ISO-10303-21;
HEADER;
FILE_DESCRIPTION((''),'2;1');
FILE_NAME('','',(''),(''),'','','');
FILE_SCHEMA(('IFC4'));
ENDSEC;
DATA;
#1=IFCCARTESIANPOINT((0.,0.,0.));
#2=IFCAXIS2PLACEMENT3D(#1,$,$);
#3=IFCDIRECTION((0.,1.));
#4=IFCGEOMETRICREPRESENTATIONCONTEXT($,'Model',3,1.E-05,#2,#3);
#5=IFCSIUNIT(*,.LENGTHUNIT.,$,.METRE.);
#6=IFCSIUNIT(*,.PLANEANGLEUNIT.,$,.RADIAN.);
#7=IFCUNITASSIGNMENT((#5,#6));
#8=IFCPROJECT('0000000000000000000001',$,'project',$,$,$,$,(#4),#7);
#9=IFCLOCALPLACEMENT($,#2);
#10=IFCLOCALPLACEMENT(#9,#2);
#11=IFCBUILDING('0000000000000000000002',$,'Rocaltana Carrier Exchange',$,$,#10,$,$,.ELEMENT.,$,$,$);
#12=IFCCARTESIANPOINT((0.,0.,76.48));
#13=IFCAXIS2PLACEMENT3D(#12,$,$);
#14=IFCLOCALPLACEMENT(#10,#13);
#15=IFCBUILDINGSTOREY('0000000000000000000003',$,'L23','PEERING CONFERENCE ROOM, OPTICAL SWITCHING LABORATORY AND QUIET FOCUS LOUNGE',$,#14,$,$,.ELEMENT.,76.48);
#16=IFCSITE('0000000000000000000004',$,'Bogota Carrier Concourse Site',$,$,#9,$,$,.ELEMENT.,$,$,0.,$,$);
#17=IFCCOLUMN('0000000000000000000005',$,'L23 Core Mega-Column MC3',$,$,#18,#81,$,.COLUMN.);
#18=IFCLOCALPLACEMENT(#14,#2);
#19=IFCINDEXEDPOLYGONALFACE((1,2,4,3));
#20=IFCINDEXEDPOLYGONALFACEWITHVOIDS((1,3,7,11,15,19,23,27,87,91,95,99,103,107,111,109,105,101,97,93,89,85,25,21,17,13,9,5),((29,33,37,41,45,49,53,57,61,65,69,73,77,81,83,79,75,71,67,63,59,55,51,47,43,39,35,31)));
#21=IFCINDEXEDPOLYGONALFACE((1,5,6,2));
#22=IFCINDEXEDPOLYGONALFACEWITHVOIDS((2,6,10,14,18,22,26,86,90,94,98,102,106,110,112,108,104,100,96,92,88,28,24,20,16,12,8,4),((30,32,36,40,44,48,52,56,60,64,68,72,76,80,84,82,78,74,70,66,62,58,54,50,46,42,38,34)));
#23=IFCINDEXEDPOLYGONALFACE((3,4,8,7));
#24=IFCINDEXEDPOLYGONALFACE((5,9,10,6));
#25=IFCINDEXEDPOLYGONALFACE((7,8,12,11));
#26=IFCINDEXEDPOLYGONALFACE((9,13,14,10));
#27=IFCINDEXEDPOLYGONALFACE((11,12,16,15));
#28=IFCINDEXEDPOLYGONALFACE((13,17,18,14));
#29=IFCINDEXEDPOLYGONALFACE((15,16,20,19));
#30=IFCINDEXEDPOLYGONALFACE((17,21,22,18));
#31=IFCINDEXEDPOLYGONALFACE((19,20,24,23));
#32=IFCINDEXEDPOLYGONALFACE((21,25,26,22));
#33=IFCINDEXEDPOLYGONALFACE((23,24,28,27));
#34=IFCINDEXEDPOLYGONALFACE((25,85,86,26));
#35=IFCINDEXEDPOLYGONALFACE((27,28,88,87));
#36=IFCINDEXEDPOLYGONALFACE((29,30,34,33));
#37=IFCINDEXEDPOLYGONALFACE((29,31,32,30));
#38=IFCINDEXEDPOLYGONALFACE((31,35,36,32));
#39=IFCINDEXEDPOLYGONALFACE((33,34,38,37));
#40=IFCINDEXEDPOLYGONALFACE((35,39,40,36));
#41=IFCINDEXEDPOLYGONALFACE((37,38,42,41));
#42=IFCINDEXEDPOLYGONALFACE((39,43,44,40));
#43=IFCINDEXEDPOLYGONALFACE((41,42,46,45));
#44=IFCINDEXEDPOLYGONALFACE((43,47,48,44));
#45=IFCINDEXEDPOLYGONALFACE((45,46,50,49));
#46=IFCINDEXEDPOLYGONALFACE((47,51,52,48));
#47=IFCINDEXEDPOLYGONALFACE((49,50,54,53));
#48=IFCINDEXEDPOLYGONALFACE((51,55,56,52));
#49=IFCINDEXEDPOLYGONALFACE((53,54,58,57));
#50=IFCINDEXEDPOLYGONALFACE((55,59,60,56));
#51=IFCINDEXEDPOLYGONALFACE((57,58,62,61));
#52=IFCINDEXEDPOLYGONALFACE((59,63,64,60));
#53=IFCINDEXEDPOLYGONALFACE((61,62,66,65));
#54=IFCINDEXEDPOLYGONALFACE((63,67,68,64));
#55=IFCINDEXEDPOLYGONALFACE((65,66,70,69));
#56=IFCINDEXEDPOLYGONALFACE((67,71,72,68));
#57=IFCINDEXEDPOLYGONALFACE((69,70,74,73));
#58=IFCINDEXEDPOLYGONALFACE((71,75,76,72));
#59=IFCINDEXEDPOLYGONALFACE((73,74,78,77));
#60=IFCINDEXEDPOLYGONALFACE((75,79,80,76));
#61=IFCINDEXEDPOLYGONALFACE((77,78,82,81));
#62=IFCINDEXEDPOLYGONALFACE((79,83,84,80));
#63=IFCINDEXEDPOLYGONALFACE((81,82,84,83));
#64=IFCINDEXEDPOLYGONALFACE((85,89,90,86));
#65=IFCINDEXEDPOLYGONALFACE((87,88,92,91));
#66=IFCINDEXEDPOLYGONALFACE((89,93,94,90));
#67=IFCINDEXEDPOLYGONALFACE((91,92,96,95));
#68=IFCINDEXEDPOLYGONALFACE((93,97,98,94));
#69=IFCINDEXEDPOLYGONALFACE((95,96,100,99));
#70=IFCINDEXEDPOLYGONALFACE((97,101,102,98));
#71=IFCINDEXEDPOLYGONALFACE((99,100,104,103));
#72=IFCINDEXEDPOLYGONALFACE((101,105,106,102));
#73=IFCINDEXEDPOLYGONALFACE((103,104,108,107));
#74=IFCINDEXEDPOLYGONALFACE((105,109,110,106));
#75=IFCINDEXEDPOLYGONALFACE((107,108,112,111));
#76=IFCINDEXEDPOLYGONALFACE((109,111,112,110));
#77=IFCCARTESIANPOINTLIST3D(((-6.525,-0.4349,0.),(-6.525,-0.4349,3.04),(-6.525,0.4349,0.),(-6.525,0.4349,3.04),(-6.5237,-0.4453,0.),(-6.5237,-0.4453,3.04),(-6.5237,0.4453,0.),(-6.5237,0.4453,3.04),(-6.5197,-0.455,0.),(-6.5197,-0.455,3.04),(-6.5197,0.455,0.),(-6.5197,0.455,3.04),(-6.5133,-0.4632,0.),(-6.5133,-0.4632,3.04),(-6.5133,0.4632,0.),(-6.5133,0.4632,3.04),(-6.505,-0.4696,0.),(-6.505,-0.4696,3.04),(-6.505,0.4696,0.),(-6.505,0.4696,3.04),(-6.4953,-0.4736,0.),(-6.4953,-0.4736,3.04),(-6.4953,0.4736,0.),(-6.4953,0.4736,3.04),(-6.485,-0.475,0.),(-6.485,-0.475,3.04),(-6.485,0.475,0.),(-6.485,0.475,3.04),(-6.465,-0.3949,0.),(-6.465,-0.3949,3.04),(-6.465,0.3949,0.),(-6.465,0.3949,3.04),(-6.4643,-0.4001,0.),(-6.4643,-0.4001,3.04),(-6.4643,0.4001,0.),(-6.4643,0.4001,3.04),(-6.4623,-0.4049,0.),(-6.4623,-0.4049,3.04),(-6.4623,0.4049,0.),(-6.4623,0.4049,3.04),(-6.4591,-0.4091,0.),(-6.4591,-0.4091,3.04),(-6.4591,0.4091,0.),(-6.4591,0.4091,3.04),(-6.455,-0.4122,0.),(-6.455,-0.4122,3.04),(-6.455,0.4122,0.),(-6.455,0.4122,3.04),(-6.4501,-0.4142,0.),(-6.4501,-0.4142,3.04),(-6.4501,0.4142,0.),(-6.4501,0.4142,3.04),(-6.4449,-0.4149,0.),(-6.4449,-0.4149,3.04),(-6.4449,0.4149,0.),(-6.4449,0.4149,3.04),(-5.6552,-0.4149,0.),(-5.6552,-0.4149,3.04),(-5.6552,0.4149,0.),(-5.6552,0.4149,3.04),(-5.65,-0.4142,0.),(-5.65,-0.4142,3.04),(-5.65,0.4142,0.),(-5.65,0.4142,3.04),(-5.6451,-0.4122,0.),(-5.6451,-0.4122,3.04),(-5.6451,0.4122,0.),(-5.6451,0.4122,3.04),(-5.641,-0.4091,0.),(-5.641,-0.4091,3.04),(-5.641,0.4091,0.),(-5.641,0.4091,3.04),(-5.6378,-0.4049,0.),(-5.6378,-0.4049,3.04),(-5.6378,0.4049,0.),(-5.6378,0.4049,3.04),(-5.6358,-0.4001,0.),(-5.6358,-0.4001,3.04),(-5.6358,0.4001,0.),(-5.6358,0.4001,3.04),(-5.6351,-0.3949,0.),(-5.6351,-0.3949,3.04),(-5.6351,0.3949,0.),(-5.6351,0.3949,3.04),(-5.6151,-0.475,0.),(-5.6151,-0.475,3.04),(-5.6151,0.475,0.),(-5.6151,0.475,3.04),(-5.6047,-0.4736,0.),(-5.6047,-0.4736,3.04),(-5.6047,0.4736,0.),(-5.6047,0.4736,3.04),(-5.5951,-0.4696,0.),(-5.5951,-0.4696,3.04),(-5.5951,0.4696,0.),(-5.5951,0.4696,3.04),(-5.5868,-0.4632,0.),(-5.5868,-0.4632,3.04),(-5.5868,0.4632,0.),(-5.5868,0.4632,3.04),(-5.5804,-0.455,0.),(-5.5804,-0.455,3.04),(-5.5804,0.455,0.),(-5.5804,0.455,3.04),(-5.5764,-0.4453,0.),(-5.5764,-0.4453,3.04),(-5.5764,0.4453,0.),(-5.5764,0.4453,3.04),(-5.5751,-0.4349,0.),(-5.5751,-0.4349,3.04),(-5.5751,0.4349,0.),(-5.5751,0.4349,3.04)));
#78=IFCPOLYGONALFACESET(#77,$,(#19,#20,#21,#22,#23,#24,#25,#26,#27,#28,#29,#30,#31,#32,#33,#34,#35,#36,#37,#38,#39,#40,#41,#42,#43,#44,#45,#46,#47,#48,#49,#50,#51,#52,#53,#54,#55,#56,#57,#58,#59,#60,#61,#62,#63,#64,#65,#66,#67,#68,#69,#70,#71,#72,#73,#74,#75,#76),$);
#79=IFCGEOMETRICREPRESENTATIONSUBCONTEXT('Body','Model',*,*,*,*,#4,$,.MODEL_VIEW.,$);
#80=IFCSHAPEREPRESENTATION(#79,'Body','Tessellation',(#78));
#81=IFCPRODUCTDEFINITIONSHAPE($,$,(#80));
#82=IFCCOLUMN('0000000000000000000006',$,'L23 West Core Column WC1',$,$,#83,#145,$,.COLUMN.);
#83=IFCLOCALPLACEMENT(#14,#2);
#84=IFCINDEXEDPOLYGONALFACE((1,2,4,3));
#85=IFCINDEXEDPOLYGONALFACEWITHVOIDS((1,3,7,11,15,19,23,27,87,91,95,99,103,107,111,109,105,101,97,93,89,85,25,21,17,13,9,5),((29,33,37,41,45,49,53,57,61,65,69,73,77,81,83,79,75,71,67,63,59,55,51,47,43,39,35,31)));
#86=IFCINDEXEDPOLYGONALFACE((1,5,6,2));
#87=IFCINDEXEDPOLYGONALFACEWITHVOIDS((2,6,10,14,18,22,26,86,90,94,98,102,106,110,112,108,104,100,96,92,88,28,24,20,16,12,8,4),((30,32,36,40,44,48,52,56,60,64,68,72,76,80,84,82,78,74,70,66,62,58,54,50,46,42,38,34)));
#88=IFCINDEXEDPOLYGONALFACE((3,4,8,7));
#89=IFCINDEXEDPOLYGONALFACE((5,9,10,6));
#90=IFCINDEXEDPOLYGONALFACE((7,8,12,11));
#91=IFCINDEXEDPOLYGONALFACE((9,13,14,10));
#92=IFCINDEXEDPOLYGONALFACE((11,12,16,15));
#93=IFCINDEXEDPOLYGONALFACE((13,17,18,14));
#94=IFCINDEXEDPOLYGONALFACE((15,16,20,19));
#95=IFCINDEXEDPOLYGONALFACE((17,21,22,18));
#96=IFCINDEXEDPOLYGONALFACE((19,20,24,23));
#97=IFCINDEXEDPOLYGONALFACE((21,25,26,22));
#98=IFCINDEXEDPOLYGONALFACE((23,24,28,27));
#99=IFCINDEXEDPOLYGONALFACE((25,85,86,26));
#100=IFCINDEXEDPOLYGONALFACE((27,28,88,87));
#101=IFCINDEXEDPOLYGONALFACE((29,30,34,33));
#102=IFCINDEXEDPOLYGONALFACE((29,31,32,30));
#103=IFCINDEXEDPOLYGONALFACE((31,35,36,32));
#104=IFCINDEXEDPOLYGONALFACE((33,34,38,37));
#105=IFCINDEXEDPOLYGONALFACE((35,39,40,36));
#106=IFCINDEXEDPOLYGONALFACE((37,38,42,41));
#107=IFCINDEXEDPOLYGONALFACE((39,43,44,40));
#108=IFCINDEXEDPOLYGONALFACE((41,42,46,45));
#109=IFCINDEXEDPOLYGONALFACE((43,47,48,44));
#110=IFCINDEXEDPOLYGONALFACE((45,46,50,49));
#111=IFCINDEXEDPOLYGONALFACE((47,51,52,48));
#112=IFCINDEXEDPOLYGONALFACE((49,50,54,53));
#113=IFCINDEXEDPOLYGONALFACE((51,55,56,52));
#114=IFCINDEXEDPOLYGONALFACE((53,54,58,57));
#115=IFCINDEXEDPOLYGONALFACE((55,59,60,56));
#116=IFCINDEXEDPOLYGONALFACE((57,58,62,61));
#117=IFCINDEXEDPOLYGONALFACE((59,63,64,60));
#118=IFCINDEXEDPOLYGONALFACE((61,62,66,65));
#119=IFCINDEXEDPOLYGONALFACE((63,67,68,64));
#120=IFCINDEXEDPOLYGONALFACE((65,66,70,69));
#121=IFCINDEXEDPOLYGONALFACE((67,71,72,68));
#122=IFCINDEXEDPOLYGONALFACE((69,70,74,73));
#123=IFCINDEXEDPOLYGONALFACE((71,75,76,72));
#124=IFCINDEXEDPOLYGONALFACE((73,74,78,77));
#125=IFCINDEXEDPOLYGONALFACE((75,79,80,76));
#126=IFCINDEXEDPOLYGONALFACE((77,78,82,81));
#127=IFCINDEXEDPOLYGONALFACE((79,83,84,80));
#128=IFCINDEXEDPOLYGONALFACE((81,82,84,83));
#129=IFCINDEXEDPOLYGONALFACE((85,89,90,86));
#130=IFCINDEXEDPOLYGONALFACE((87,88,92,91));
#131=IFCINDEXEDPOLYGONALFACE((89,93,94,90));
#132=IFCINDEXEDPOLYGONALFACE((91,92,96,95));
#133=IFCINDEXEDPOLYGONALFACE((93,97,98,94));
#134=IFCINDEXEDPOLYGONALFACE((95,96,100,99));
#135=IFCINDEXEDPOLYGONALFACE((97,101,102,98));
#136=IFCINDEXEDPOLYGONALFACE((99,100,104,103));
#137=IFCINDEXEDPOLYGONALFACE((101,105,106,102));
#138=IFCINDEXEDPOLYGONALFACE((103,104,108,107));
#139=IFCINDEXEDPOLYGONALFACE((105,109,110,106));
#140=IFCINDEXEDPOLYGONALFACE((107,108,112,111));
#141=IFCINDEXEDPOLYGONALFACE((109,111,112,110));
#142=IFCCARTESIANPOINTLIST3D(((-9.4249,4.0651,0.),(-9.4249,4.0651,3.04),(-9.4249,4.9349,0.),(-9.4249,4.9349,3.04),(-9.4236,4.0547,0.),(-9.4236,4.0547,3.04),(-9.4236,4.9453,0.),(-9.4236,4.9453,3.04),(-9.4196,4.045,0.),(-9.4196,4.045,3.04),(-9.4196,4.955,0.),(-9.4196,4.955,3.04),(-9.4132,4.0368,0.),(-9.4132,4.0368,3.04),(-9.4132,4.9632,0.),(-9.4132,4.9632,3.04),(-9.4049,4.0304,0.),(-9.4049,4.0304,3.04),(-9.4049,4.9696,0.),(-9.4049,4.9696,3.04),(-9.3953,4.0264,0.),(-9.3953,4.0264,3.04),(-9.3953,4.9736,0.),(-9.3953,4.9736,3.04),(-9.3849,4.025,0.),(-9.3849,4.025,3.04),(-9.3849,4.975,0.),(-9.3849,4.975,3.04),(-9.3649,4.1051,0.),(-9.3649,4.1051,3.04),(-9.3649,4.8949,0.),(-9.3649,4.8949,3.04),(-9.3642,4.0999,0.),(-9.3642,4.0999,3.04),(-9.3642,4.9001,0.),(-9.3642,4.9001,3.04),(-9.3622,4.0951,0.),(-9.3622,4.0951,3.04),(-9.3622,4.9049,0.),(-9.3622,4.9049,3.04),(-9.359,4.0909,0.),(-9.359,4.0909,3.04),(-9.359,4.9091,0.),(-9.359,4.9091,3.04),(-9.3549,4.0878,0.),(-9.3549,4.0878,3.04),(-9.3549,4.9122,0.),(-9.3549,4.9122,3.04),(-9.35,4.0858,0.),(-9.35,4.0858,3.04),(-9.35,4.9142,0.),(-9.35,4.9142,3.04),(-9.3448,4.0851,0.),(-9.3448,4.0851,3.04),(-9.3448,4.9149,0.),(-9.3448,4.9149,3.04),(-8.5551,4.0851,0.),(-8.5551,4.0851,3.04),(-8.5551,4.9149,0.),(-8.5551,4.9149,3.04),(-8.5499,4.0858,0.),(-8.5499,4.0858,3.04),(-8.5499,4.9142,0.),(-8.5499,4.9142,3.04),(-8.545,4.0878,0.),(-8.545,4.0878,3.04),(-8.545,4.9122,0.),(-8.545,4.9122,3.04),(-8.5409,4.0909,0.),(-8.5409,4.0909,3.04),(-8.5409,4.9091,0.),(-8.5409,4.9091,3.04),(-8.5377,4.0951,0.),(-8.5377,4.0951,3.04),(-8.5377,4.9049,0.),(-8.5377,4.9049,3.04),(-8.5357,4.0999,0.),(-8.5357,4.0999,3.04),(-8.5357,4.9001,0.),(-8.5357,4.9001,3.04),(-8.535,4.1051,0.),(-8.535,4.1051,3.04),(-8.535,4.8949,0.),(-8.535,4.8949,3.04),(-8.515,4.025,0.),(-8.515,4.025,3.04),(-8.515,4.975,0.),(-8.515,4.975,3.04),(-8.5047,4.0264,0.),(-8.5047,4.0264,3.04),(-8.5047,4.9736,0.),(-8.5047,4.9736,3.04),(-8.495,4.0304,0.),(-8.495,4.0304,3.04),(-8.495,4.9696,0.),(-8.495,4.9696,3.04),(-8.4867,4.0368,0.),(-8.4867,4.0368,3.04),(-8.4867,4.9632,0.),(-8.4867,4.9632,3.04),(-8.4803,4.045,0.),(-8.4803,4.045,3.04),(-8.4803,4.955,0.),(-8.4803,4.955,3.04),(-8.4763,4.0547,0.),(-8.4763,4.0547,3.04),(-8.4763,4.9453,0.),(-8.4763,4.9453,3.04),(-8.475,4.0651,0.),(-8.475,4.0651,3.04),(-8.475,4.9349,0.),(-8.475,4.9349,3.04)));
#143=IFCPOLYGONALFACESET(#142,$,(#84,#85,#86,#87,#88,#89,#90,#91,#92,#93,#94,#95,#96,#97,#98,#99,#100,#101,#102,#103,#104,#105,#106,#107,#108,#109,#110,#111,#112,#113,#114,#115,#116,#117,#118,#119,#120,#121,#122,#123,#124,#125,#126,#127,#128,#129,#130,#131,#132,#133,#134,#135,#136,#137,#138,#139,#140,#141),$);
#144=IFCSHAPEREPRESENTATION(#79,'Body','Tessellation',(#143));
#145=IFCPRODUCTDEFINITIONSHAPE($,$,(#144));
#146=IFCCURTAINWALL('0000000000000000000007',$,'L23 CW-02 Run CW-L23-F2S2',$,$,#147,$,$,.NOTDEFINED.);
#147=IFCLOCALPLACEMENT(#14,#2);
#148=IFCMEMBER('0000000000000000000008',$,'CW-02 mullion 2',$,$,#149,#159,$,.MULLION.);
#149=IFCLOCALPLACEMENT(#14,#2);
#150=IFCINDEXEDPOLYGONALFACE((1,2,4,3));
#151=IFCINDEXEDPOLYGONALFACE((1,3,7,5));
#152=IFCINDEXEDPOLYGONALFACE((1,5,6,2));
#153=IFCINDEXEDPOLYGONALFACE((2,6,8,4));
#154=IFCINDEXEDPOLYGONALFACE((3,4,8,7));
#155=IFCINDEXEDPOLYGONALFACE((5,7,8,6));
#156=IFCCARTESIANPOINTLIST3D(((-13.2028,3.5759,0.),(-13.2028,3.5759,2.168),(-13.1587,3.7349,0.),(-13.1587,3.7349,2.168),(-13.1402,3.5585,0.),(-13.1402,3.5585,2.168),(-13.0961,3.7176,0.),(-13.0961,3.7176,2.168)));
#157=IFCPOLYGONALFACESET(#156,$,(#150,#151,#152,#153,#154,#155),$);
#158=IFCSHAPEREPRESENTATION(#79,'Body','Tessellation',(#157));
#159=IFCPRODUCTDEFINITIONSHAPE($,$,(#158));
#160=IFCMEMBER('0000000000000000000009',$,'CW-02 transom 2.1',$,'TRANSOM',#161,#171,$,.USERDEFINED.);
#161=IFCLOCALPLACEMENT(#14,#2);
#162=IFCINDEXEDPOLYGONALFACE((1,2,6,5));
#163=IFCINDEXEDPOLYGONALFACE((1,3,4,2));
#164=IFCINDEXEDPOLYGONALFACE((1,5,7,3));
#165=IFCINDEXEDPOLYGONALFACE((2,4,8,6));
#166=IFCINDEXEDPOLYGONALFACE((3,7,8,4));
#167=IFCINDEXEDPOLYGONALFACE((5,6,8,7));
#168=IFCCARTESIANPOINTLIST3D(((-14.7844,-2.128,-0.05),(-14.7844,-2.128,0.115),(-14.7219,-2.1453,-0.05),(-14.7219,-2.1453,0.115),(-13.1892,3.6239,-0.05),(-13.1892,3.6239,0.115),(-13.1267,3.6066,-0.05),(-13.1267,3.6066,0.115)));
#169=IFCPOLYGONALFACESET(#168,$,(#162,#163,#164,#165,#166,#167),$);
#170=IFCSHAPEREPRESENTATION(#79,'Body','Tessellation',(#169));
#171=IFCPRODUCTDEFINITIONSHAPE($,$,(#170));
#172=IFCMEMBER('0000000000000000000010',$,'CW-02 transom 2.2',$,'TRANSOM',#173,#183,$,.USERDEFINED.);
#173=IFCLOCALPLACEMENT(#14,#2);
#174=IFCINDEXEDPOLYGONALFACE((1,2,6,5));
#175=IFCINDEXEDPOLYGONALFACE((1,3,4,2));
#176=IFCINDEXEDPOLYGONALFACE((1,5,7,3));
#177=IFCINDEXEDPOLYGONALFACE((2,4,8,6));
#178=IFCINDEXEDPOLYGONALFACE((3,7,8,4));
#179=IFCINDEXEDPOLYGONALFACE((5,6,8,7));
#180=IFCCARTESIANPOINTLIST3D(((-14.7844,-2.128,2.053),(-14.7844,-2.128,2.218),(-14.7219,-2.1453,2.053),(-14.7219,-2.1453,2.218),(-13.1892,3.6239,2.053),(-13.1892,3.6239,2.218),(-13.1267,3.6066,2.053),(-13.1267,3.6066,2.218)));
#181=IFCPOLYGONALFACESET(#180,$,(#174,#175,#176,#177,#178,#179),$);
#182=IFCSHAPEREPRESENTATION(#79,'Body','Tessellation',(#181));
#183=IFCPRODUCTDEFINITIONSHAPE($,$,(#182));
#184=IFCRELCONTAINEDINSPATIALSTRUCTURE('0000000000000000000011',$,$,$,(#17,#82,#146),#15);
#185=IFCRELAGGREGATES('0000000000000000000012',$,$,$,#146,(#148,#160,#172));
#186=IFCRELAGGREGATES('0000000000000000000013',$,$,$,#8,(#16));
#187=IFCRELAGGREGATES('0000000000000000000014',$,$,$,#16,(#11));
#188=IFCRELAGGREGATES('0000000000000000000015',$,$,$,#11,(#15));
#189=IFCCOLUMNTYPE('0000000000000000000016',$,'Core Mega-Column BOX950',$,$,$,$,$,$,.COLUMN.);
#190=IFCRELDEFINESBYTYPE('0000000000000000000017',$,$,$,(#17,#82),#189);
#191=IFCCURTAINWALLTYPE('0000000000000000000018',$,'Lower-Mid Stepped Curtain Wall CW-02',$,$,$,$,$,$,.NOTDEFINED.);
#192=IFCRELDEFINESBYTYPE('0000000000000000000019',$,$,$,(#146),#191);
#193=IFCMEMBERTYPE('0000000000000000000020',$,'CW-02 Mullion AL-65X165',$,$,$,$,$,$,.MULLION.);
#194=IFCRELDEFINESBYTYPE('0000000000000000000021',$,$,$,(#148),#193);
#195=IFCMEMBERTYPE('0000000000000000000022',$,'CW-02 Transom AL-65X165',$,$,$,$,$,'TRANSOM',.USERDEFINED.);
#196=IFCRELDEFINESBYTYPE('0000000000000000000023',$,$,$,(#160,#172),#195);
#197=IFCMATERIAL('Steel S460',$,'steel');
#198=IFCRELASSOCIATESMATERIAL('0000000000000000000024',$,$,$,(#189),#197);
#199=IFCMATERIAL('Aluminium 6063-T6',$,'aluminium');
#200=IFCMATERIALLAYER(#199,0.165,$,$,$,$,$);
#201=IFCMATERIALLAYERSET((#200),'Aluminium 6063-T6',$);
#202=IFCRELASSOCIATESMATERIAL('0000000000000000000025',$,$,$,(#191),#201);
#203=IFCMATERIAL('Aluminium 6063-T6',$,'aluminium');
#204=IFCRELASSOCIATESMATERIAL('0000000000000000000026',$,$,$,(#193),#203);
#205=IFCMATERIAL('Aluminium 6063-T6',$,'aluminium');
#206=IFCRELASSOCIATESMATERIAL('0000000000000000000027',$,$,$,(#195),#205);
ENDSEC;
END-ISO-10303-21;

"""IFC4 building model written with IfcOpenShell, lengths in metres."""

from ifc_helpers import new_model, si_unit, direction, frame, origin, origin_2d, place, context, subcontext, project, spatial, rectangle, hollow_rectangle, extrude, material, layer, layer_set, material_profile, profile_set, type_object, element, aggregate, save


model = new_model("IFC4")

# Units and contexts
model_context = context("Model", 3, precision=1e-05, world=origin(), true_north=direction((0.0, 1.0)))
body_context = subcontext(model_context, "Body", "Model", "MODEL_VIEW")
ifc_project = project(units=[si_unit("LENGTHUNIT", "METRE"), si_unit("PLANEANGLEUNIT", "RADIAN")], contexts=[model_context])

# Site, building, storey
site_placement = place(None, origin())
site = spatial("IfcSite", under=ifc_project, at=site_placement, Name="Bogota Carrier Concourse Site", CompositionType="ELEMENT", RefElevation=0.0)
building_placement = place(site_placement, origin())
building = spatial("IfcBuilding", under=site, at=building_placement, Name="Rocaltana Carrier Exchange", CompositionType="ELEMENT")
storey_placement = place(building_placement, frame((0.0, 0.0, 76.48)))
storey = spatial("IfcBuildingStorey", under=building, at=storey_placement, Name="L23", Description="PEERING CONFERENCE ROOM, OPTICAL SWITCHING LABORATORY AND QUIET FOCUS LOUNGE", CompositionType="ELEMENT", Elevation=76.48)

# Columns
ifc_material_1 = material(Name="Steel S460", Category="steel")
ifc_material_profile_1 = material_profile(ifc_material_1, hollow_rectangle(XDim=0.95, YDim=0.95, WallThickness=0.0601, InnerFilletRadius=0.02, OuterFilletRadius=0.04, at=origin_2d()), Name="BOX950X950X60")
ifc_profile_set_1 = profile_set([ifc_material_profile_1], Name="Steel S460")
column_type = type_object("IfcColumnType", Name="Core Mega-Column BOX950", PredefinedType="COLUMN", material=ifc_profile_set_1)
for number, where, z_axis, x_axis, name in (
    (1, (-6.05, 0.0, 0.0), (0.0, 0.0, 1.0), (1.0, 0.0, 0.0), "L23 Core Mega-Column MC3"),
    (2, (-8.95, 4.5, 0.0), (0.0, 0.0, 1.0), (1.0, 0.0, 0.0), "L23 West Core Column WC1"),
):
    element("IfcColumn", number, at=place(storey_placement, frame(where, z_axis=z_axis, x_axis=x_axis)), inside=storey, type_object=column_type, Name=name, PredefinedType="COLUMN", context=body_context, shape_type="SweptSolid", body=[
        extrude(hollow_rectangle(XDim=0.95, YDim=0.95, WallThickness=0.0601, InnerFilletRadius=0.02, OuterFilletRadius=0.04, at=origin_2d()), origin(), (0.0, 0.0, 1.0), 3.04),
    ])

# Curtain wall, members
ifc_material_2 = material(Name="Aluminium 6063-T6", Category="aluminium")
ifc_layer_1 = layer(ifc_material_2, 0.165)
ifc_layer_set_1 = layer_set([ifc_layer_1], Name="Aluminium 6063-T6")
curtain_wall_type = type_object("IfcCurtainWallType", Name="Lower-Mid Stepped Curtain Wall CW-02", PredefinedType="NOTDEFINED", material=ifc_layer_set_1)
curtain_wall_placement = place(storey_placement, origin())
curtain_wall = element("IfcCurtainWall", 3, at=curtain_wall_placement, inside=storey, type_object=curtain_wall_type, Name="L23 CW-02 Run CW-L23-F2S2", PredefinedType="NOTDEFINED")
ifc_material_3 = material(Name="Aluminium 6063-T6", Category="aluminium")
ifc_material_profile_2 = material_profile(ifc_material_3, rectangle(XDim=0.0649, YDim=0.165, at=origin_2d()), Name="AL-65X165")
ifc_profile_set_2 = profile_set([ifc_material_profile_2], Name="Aluminium 6063-T6")
member_type_1 = type_object("IfcMemberType", Name="CW-02 Mullion AL-65X165", PredefinedType="MULLION", material=ifc_profile_set_2)
member_1_placement = place(storey_placement, frame((-13.1494, 3.6467, 0.0), z_axis=(0.0, 0.0, 1.0), x_axis=(0.963631, -0.267238, 0.0)))
member_1 = element("IfcMember", 4, at=member_1_placement, type_object=member_type_1, Name="CW-02 mullion 2", PredefinedType="MULLION", context=body_context, shape_type="SweptSolid", body=[
    extrude(rectangle(XDim=0.0649, YDim=0.165, at=origin_2d()), origin(), (0.0, 0.0, 1.0), 2.168),
])
ifc_material_4 = material(Name="Aluminium 6063-T6", Category="aluminium")
ifc_material_profile_3 = material_profile(ifc_material_4, rectangle(XDim=0.0649, YDim=0.165, at=origin_2d()), Name="AL-65X165")
ifc_profile_set_3 = profile_set([ifc_material_profile_3], Name="Aluminium 6063-T6")
member_type_2 = type_object("IfcMemberType", Name="CW-02 Transom AL-65X165", ElementType="TRANSOM", PredefinedType="USERDEFINED", material=ifc_profile_set_3)
member_2_placement = place(storey_placement, frame((-13.158, 3.6152, 0.0325), z_axis=(-0.267247, -0.963628, 0.0), x_axis=(0.963628, -0.267247, 0.0)))
member_2 = element("IfcMember", 5, at=member_2_placement, type_object=member_type_2, Name="CW-02 transom 2.1", ObjectType="TRANSOM", PredefinedType="USERDEFINED", context=body_context, shape_type="SweptSolid", body=[
    extrude(rectangle(XDim=0.0649, YDim=0.165, at=origin_2d()), origin(), (0.0, 0.0, 1.0), 5.969),
])
member_3_placement = place(storey_placement, frame((-13.158, 3.6152, 2.1355), z_axis=(-0.267247, -0.963628, 0.0), x_axis=(0.963628, -0.267247, 0.0)))
member_3 = element("IfcMember", 6, at=member_3_placement, type_object=member_type_2, Name="CW-02 transom 2.2", ObjectType="TRANSOM", PredefinedType="USERDEFINED", context=body_context, shape_type="SweptSolid", body=[
    extrude(rectangle(XDim=0.0649, YDim=0.165, at=origin_2d()), origin(), (0.0, 0.0, 1.0), 5.969),
])

aggregate(curtain_wall, [member_1, member_2, member_3])

save(model, "model.ifc")
